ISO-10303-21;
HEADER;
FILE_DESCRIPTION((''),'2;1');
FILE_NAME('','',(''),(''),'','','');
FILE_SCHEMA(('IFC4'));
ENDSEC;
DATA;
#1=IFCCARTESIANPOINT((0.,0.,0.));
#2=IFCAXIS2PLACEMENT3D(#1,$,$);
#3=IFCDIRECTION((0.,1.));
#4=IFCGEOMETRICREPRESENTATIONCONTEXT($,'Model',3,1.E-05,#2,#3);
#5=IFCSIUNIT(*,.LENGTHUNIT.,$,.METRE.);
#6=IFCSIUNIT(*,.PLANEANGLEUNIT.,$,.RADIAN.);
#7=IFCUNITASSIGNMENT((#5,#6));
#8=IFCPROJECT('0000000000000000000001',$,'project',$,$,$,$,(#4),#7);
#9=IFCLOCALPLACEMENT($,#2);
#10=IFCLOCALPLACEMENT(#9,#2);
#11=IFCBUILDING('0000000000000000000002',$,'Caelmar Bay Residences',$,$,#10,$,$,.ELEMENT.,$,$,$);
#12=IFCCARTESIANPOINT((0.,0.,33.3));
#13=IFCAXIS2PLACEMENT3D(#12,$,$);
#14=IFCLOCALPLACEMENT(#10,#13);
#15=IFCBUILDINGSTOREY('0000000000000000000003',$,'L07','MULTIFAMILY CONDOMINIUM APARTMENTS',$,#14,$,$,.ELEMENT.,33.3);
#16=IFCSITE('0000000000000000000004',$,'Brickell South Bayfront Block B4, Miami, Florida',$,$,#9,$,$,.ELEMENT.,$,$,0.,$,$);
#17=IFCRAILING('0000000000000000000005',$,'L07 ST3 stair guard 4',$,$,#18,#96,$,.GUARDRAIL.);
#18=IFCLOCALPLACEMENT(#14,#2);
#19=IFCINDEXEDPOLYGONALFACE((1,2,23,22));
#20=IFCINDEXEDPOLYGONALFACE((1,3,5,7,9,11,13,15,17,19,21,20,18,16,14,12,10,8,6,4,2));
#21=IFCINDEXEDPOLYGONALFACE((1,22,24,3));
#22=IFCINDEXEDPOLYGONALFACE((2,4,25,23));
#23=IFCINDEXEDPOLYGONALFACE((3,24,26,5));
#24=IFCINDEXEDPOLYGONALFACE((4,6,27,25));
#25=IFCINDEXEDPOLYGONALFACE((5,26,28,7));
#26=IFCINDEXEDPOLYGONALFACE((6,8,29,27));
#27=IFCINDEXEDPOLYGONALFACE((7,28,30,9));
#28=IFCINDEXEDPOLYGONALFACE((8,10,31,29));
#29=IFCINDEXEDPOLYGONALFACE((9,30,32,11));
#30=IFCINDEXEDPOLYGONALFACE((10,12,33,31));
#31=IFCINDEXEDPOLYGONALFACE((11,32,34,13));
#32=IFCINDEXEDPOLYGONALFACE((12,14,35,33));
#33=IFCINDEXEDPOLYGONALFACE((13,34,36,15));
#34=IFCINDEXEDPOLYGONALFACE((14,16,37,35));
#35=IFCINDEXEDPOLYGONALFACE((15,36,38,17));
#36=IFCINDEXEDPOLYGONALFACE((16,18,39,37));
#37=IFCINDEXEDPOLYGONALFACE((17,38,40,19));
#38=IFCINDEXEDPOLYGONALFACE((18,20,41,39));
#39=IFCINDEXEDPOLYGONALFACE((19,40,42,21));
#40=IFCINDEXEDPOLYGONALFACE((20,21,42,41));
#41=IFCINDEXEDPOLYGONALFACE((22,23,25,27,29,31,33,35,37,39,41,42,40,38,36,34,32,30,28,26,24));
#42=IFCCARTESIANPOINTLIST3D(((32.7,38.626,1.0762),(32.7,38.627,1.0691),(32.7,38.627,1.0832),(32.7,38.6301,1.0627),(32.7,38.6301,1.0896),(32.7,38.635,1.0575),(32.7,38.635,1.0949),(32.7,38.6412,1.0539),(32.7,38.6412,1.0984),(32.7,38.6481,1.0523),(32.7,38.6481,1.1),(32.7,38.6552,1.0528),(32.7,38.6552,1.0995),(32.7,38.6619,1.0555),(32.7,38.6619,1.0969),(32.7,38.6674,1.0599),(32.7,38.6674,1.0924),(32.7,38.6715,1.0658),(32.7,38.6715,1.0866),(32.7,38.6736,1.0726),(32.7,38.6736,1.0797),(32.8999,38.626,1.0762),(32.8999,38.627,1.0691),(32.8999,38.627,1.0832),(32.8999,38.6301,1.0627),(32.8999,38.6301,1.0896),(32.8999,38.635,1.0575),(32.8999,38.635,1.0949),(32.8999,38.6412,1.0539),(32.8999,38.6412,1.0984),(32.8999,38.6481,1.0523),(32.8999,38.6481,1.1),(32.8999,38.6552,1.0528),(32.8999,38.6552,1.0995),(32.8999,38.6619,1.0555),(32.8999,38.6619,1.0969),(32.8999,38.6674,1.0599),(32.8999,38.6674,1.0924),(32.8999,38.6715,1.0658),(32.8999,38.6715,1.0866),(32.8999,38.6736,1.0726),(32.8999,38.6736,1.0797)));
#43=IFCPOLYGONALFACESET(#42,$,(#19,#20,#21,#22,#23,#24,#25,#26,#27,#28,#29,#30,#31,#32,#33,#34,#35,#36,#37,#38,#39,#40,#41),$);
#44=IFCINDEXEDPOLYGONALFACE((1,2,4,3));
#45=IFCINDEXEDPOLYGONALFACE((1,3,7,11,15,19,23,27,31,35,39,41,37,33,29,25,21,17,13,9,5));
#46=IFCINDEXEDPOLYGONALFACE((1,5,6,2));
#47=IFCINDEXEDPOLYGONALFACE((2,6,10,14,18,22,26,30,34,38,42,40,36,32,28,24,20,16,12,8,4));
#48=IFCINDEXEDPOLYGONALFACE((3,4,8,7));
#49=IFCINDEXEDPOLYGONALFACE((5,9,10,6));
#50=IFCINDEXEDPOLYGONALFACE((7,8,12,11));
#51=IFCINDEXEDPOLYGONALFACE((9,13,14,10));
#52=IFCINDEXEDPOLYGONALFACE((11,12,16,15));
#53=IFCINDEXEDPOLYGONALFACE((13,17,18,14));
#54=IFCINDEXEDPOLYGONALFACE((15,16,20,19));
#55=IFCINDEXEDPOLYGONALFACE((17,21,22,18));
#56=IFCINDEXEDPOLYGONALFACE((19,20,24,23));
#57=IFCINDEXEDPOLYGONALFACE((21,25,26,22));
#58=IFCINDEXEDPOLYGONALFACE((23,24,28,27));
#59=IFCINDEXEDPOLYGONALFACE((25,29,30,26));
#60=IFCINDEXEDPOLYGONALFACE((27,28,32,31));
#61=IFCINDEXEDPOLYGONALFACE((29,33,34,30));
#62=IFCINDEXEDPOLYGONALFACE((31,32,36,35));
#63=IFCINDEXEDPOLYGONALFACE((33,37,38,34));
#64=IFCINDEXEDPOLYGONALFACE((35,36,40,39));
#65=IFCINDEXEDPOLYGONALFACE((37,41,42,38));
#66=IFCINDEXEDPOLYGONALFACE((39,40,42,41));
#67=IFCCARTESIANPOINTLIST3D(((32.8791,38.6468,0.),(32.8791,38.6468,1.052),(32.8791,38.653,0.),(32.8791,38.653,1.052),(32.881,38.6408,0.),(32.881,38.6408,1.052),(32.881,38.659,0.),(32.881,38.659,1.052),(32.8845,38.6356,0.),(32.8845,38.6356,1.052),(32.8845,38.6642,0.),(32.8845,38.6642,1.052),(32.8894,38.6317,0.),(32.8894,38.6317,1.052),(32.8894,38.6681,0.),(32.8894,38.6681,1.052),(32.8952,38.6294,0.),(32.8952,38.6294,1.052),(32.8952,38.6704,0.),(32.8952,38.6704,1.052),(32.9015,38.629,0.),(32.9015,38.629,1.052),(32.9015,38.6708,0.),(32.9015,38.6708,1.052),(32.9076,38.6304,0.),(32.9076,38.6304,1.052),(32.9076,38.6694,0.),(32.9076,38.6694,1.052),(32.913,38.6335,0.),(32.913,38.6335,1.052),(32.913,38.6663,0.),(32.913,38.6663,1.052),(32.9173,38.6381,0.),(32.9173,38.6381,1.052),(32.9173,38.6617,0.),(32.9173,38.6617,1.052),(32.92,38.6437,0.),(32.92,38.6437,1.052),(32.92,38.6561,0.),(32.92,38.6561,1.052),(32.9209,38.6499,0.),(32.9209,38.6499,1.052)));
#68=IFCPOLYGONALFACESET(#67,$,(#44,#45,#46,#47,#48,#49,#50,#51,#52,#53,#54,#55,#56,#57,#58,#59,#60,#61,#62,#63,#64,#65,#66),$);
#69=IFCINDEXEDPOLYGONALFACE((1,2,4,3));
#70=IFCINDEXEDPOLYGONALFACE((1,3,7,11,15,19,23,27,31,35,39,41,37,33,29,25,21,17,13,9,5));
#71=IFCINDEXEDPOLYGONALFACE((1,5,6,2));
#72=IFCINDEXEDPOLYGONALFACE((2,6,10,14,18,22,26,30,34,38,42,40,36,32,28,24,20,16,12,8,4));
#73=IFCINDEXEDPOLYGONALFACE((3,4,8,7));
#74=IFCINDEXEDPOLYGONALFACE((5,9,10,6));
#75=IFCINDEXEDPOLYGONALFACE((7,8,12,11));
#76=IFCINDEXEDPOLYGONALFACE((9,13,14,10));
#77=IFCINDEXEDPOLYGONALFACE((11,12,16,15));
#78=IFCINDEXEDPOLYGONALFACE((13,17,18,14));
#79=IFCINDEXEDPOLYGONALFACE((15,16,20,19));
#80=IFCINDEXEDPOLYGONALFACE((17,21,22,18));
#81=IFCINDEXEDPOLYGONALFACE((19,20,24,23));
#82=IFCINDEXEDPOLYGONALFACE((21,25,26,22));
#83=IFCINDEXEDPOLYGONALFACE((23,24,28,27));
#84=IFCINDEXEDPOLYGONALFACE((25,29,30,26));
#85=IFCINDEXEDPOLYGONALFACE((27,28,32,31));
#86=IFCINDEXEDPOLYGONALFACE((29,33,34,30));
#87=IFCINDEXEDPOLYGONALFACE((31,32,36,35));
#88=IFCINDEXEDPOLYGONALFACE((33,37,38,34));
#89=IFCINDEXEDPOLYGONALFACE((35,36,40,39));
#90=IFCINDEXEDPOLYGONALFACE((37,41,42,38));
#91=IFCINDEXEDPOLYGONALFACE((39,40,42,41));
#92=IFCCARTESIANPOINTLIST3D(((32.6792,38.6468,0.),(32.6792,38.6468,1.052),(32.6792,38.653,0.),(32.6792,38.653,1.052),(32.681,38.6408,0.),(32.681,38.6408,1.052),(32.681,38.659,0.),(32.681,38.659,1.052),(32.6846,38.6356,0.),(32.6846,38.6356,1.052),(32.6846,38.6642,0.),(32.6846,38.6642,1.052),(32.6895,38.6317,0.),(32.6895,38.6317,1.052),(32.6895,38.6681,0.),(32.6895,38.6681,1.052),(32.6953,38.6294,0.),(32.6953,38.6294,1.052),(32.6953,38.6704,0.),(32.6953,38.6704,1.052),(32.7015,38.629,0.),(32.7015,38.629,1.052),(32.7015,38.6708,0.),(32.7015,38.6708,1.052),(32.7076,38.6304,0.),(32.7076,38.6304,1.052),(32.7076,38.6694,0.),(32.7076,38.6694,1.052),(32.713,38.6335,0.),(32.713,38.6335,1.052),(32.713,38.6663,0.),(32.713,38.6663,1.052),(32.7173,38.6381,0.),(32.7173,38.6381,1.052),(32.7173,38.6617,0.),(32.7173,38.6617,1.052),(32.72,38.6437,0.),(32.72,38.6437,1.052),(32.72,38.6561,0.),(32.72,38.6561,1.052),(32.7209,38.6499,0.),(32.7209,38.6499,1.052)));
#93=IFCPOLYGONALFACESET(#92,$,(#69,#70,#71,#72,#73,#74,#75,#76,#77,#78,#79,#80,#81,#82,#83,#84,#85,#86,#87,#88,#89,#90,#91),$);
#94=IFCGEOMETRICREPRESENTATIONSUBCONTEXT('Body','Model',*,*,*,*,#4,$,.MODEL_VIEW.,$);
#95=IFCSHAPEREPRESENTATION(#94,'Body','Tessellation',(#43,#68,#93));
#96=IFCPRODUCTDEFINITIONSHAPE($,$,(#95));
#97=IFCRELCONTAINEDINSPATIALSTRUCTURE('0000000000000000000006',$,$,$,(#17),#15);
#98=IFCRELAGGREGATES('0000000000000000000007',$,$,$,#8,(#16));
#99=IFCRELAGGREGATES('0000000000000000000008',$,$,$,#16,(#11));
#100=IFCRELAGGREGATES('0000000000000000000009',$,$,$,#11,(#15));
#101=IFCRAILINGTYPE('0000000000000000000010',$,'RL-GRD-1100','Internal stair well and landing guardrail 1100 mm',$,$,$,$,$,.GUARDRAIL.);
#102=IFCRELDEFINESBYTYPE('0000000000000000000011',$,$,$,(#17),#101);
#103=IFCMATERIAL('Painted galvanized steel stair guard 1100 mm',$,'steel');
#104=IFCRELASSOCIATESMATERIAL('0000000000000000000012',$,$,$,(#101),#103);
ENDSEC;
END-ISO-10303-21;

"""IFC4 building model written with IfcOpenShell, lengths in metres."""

from ifc_helpers import new_model, si_unit, direction, frame, origin, origin_2d, place, context, subcontext, project, spatial, circle, extrude, material, type_object, element, save


model = new_model("IFC4")

# Units and contexts
model_context = context("Model", 3, precision=1e-05, world=origin(), true_north=direction((0.0, 1.0)))
body_context = subcontext(model_context, "Body", "Model", "MODEL_VIEW")
ifc_project = project(units=[si_unit("LENGTHUNIT", "METRE"), si_unit("PLANEANGLEUNIT", "RADIAN")], contexts=[model_context])

# Site, building, storey
site_placement = place(None, origin())
site = spatial("IfcSite", under=ifc_project, at=site_placement, Name="Brickell South Bayfront Block B4, Miami, Florida", CompositionType="ELEMENT", RefElevation=0.0)
building_placement = place(site_placement, origin())
building = spatial("IfcBuilding", under=site, at=building_placement, Name="Caelmar Bay Residences", CompositionType="ELEMENT")
storey_placement = place(building_placement, frame((0.0, 0.0, 33.3)))
storey = spatial("IfcBuildingStorey", under=building, at=storey_placement, Name="L07", Description="MULTIFAMILY CONDOMINIUM APARTMENTS", CompositionType="ELEMENT", Elevation=33.3)

# Railing
ifc_material_1 = material(Name="Painted galvanized steel stair guard 1100 mm", Category="steel")
railing_type_1 = type_object("IfcRailingType", Name="RL-GRD-1100", Description="Internal stair well and landing guardrail 1100 mm", PredefinedType="GUARDRAIL", material=ifc_material_1)
railing_1_placement = place(storey_placement, frame((32.8999, 38.6499, 0.0)))
element("IfcRailing", 1, at=railing_1_placement, inside=storey, type_object=railing_type_1, Name="L07 ST3 stair guard 4", PredefinedType="GUARDRAIL", context=body_context, shape_type="SweptSolid", body=[
    extrude(circle(Radius=0.0239, at=origin_2d()), frame((0.0, 0.0, 1.0762), z_axis=(-1.0, 0.0, 0.0), x_axis=(0.0, -1.0, 0.0)), (0.0, 0.0, 1.0), 0.2),
    extrude(circle(Radius=0.021, at=origin_2d()), origin(), (0.0, 0.0, 1.0), 1.052),
    extrude(circle(Radius=0.021, at=origin_2d()), frame((-0.2, 0.0, 0.0)), (0.0, 0.0, 1.0), 1.052),
])

save(model, "model.ifc")
